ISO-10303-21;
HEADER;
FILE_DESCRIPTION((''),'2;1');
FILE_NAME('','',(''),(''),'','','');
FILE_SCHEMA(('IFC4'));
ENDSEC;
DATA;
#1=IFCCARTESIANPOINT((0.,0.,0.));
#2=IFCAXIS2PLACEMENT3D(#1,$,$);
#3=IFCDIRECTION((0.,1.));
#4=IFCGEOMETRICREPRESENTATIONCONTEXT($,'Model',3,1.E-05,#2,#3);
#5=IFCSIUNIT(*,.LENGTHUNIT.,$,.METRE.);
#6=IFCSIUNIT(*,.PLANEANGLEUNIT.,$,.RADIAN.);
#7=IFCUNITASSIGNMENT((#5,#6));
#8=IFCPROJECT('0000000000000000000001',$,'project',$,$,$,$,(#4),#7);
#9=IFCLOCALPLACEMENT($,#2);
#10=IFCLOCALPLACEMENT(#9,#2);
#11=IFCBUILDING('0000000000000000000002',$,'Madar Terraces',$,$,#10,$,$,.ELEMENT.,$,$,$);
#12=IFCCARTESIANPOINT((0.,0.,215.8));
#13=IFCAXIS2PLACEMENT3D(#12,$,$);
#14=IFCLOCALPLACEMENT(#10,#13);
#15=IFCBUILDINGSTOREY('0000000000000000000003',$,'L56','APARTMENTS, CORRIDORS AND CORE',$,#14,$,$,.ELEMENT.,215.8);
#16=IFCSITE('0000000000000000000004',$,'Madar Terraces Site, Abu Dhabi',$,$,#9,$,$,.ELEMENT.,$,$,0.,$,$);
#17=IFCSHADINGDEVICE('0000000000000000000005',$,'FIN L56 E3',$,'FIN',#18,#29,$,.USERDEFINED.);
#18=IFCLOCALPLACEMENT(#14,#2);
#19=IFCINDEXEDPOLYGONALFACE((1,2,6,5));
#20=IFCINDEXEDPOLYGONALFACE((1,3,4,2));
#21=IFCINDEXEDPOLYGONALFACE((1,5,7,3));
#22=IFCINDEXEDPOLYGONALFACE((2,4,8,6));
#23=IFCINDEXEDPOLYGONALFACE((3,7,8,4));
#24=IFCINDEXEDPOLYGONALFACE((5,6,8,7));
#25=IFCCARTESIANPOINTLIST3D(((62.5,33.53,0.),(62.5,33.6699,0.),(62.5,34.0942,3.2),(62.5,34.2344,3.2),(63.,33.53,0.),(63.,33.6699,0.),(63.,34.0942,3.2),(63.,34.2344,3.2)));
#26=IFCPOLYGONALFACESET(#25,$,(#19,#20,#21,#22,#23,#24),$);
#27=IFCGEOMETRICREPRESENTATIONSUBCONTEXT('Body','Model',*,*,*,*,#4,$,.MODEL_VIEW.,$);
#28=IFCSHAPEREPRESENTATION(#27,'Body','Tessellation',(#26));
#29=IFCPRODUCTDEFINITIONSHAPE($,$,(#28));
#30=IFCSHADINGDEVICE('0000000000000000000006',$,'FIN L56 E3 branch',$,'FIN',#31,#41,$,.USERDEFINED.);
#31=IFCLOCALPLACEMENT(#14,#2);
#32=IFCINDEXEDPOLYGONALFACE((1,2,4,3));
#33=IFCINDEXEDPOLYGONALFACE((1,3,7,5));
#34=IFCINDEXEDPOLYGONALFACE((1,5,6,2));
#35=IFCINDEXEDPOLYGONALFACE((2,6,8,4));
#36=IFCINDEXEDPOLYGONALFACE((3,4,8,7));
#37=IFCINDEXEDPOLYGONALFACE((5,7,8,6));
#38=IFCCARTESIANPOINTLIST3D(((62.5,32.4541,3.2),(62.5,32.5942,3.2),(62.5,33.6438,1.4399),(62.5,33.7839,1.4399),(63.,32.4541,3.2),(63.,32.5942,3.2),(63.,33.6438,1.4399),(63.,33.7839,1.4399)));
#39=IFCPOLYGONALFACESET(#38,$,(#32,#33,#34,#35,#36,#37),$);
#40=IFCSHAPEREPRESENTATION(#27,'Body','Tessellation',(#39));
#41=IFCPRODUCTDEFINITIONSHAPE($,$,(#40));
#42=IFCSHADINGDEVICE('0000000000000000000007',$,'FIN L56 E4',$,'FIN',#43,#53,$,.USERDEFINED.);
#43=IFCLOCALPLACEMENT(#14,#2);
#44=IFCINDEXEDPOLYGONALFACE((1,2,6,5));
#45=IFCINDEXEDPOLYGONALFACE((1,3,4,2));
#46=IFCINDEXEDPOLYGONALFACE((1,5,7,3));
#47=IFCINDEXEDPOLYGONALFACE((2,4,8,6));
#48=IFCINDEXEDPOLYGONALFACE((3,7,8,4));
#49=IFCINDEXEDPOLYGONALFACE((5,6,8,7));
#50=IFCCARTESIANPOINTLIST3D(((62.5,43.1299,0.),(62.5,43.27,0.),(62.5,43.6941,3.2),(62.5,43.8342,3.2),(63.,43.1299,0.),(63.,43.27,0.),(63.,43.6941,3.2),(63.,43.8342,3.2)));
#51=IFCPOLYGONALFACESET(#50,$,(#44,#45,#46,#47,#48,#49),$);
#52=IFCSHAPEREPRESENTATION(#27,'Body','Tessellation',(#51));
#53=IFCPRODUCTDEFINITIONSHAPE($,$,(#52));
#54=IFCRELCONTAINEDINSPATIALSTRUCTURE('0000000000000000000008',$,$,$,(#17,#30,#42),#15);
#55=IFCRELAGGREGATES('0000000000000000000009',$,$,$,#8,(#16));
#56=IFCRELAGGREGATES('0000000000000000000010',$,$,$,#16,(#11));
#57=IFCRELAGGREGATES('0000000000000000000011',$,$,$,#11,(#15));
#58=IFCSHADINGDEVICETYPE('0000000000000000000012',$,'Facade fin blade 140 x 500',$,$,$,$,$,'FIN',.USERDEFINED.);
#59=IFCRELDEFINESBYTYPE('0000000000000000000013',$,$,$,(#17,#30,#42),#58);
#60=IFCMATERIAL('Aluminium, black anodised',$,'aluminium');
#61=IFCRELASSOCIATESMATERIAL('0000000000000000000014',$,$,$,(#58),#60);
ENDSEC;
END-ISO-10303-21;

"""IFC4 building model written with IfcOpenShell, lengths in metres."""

from ifc_helpers import new_model, si_unit, direction, frame, origin, place, context, subcontext, project, spatial, polyline, outline, extrude, material, type_object, element, save


model = new_model("IFC4")

# Units and contexts
model_context = context("Model", 3, precision=1e-05, world=origin(), true_north=direction((0.0, 1.0)))
body_context = subcontext(model_context, "Body", "Model", "MODEL_VIEW")
ifc_project = project(units=[si_unit("LENGTHUNIT", "METRE"), si_unit("PLANEANGLEUNIT", "RADIAN")], contexts=[model_context])

# Site, building, storey
site_placement = place(None, origin())
site = spatial("IfcSite", under=ifc_project, at=site_placement, Name="Madar Terraces Site, Abu Dhabi", CompositionType="ELEMENT", RefElevation=0.0)
building_placement = place(site_placement, origin())
building = spatial("IfcBuilding", under=site, at=building_placement, Name="Madar Terraces", CompositionType="ELEMENT")
storey_placement = place(building_placement, frame((0.0, 0.0, 215.8)))
storey = spatial("IfcBuildingStorey", under=building, at=storey_placement, Name="L56", Description="APARTMENTS, CORRIDORS AND CORE", CompositionType="ELEMENT", Elevation=215.8)

# Shading devices
ifc_material_1 = material(Name="Aluminium, black anodised", Category="aluminium")
shading_device_type = type_object("IfcShadingDeviceType", Name="Facade fin blade 140 x 500", ElementType="FIN", PredefinedType="USERDEFINED", material=ifc_material_1)
shading_device_1_placement = place(storey_placement, frame((62.75, 33.53, 0.0), z_axis=(0.0, 0.0, 1.0), x_axis=(0.0, 1.0, 0.0)))
element("IfcShadingDevice", 1, at=shading_device_1_placement, inside=storey, type_object=shading_device_type, Name="FIN L56 E3", ObjectType="FIN", PredefinedType="USERDEFINED", context=body_context, shape_type="SweptSolid", body=[
    extrude(outline(polyline([(0.0, 0.0), (0.1399, 0.0), (0.7043, 3.2), (0.5642, 3.2), (0.0, 0.0)])), frame((0.0, 0.25, 0.0), z_axis=(0.0, -1.0, 0.0), x_axis=(1.0, 0.0, 0.0)), (0.0, 0.0, 1.0), 0.5),
])
shading_device_2_placement = place(storey_placement, frame((62.75, 33.6438, 1.4399), z_axis=(0.0, 0.0, 1.0), x_axis=(0.0, 1.0, 0.0)))
element("IfcShadingDevice", 2, at=shading_device_2_placement, inside=storey, type_object=shading_device_type, Name="FIN L56 E3 branch", ObjectType="FIN", PredefinedType="USERDEFINED", context=body_context, shape_type="SweptSolid", body=[
    extrude(outline(polyline([(0.0, 0.0), (0.1401, 0.0), (-1.0496, 1.76), (-1.1897, 1.76), (0.0, 0.0)])), frame((0.0, 0.25, 0.0), z_axis=(0.0, -1.0, 0.0), x_axis=(1.0, 0.0, 0.0)), (0.0, 0.0, 1.0), 0.5),
])
shading_device_3_placement = place(storey_placement, frame((62.75, 43.1299, 0.0), z_axis=(0.0, 0.0, 1.0), x_axis=(0.0, 1.0, 0.0)))
element("IfcShadingDevice", 3, at=shading_device_3_placement, inside=storey, type_object=shading_device_type, Name="FIN L56 E4", ObjectType="FIN", PredefinedType="USERDEFINED", context=body_context, shape_type="SweptSolid", body=[
    extrude(outline(polyline([(0.0, 0.0), (0.1401, 0.0), (0.7043, 3.2), (0.5642, 3.2), (0.0, 0.0)])), frame((0.0, 0.25, 0.0), z_axis=(0.0, -1.0, 0.0), x_axis=(1.0, 0.0, 0.0)), (0.0, 0.0, 1.0), 0.5),
])

save(model, "model.ifc")
